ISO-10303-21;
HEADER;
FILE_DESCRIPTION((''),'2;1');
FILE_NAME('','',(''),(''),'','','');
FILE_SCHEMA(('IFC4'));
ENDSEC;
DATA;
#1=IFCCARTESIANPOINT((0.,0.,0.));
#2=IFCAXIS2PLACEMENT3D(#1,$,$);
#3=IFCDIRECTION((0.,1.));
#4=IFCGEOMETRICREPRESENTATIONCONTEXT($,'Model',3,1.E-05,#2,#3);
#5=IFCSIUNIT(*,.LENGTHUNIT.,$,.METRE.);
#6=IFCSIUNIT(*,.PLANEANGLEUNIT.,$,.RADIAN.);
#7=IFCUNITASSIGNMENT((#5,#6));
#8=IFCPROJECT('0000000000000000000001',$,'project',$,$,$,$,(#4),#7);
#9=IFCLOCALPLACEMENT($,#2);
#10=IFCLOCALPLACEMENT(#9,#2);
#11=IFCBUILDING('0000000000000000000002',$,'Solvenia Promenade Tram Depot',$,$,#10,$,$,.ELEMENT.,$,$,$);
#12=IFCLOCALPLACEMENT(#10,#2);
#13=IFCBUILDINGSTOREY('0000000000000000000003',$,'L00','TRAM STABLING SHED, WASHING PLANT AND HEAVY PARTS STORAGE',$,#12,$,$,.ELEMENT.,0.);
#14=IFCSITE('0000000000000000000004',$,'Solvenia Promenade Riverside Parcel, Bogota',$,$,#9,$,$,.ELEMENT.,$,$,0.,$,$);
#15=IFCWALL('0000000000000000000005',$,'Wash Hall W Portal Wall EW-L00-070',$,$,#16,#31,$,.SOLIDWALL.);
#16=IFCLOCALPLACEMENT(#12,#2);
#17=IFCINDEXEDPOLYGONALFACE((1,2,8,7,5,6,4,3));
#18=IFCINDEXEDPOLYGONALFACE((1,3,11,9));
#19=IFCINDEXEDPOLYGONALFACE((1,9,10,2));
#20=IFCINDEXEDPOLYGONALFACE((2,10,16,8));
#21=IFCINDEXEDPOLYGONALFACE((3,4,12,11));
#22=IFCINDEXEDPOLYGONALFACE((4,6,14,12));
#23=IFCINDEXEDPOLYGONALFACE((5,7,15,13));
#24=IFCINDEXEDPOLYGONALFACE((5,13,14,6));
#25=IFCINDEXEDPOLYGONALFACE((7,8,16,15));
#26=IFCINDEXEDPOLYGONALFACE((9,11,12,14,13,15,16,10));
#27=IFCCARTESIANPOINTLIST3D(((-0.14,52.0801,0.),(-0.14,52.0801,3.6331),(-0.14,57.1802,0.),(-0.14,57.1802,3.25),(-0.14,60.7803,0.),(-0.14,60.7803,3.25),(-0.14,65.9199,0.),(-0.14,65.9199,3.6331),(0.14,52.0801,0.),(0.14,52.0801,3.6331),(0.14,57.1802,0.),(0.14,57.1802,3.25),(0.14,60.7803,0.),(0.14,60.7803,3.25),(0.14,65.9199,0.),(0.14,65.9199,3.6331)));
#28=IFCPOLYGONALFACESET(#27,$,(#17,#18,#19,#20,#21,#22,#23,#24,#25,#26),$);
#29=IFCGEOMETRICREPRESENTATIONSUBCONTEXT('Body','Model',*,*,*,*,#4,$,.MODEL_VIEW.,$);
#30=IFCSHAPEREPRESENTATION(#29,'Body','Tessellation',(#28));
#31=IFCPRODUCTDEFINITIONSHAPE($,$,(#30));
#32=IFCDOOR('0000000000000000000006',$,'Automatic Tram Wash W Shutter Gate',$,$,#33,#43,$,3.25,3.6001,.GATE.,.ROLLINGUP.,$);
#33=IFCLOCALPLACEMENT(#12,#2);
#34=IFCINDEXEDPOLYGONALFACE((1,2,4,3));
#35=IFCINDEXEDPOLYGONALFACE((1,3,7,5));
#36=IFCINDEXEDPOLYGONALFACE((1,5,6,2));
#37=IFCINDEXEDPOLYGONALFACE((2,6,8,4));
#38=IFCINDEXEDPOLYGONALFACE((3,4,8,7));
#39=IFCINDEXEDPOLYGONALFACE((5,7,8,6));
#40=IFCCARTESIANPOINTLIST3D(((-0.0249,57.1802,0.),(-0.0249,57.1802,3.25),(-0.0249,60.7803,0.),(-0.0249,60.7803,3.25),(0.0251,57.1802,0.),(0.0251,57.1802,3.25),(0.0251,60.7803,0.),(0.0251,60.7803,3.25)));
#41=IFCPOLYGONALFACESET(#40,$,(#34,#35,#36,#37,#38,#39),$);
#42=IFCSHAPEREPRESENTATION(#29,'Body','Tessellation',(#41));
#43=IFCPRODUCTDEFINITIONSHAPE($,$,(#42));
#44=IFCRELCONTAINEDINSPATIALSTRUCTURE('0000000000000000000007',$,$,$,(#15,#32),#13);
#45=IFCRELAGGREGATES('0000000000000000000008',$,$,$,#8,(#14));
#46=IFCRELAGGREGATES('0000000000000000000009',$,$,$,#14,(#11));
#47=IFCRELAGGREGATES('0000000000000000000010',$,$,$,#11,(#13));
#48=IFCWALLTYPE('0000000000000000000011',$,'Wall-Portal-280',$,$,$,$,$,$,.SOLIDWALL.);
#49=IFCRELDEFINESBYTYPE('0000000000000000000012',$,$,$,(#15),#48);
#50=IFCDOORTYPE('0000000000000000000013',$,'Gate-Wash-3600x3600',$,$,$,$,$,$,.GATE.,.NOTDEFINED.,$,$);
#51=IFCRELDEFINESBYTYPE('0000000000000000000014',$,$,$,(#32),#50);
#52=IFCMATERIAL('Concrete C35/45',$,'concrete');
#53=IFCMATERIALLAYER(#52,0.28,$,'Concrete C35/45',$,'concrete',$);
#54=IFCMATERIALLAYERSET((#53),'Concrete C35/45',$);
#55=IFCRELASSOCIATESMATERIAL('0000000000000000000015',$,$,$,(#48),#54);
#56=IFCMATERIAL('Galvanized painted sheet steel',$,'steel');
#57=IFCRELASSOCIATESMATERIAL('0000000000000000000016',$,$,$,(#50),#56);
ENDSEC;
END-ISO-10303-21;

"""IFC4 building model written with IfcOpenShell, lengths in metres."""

from ifc_helpers import new_model, si_unit, direction, frame, frame_2d, origin, place, context, subcontext, project, spatial, rectangle, extrude, material, layer, layer_set, type_object, element, fill, save


model = new_model("IFC4")

# Units and contexts
model_context = context("Model", 3, precision=1e-05, world=origin(), true_north=direction((0.0, 1.0)))
body_context = subcontext(model_context, "Body", "Model", "MODEL_VIEW")
ifc_project = project(units=[si_unit("LENGTHUNIT", "METRE"), si_unit("PLANEANGLEUNIT", "RADIAN")], contexts=[model_context])

# Site, building, storey
site_placement = place(None, origin())
site = spatial("IfcSite", under=ifc_project, at=site_placement, Name="Solvenia Promenade Riverside Parcel, Bogota", CompositionType="ELEMENT", RefElevation=0.0)
building_placement = place(site_placement, origin())
building = spatial("IfcBuilding", under=site, at=building_placement, Name="Solvenia Promenade Tram Depot", CompositionType="ELEMENT")
storey_placement = place(building_placement, origin())
storey = spatial("IfcBuildingStorey", under=building, at=storey_placement, Name="L00", Description="TRAM STABLING SHED, WASHING PLANT AND HEAVY PARTS STORAGE", CompositionType="ELEMENT", Elevation=0.0)

# Shared definitions
ifc_material_1 = material(Name="Concrete C35/45", Category="concrete")

# Wall, opening, door
ifc_layer_1 = layer(ifc_material_1, 0.28, Name="Concrete C35/45", Category="concrete")
ifc_layer_set_1 = layer_set([ifc_layer_1], Name="Concrete C35/45")
wall_type_1 = type_object("IfcWallType", Name="Wall-Portal-280", PredefinedType="SOLIDWALL", material=ifc_layer_set_1)
ifc_material_2 = material(Name="Galvanized painted sheet steel", Category="steel")
wall_1_placement = place(storey_placement, frame((0.0, 52.0801, 0.0), z_axis=(0.0, 0.0, 1.0), x_axis=(0.0, 1.0, 0.0)))
wall_1 = element("IfcWall", 1, at=wall_1_placement, inside=storey, type_object=wall_type_1, Name="Wash Hall W Portal Wall EW-L00-070", PredefinedType="SOLIDWALL", context=body_context, shape_type="SweptSolid", body=[
    extrude(rectangle(XDim=13.8398, YDim=0.28, at=frame_2d((6.9199, 0.0))), origin(), (0.0, 0.0, 1.0), 3.6331),
])
opening_1_placement = place(wall_1_placement, frame((5.1001, 0.0, 0.0)))
opening_1 = element("IfcOpeningElement", 2, at=opening_1_placement, cuts=wall_1, PredefinedType="OPENING", context=body_context, shape_type="SweptSolid", body=[
    extrude(rectangle(XDim=3.6001, YDim=3.25, at=frame_2d((1.8, 1.625))), frame((0.0, 0.1499, 0.0), z_axis=(0.0, -1.0, 0.0), x_axis=(1.0, 0.0, 0.0)), (0.0, 0.0, 1.0), 0.3),
])
door_type_1 = type_object("IfcDoorType", Name="Gate-Wash-3600x3600", OperationType="NOTDEFINED", PredefinedType="GATE", material=ifc_material_2)
door_1_placement = place(opening_1_placement, origin())
door_1 = element("IfcDoor", 3, at=door_1_placement, inside=storey, type_object=door_type_1, Name="Automatic Tram Wash W Shutter Gate", OperationType="ROLLINGUP", OverallHeight=3.25, OverallWidth=3.6001, PredefinedType="GATE", context=body_context, shape_type="SweptSolid", body=[
    extrude(rectangle(XDim=3.6001, YDim=3.25, at=frame_2d((1.8, 1.625))), frame((0.0, 0.0249, 0.0), z_axis=(0.0, -1.0, 0.0), x_axis=(1.0, 0.0, 0.0)), (0.0, 0.0, 1.0), 0.05),
])
fill(opening_1, door_1)

save(model, "model.ifc")
